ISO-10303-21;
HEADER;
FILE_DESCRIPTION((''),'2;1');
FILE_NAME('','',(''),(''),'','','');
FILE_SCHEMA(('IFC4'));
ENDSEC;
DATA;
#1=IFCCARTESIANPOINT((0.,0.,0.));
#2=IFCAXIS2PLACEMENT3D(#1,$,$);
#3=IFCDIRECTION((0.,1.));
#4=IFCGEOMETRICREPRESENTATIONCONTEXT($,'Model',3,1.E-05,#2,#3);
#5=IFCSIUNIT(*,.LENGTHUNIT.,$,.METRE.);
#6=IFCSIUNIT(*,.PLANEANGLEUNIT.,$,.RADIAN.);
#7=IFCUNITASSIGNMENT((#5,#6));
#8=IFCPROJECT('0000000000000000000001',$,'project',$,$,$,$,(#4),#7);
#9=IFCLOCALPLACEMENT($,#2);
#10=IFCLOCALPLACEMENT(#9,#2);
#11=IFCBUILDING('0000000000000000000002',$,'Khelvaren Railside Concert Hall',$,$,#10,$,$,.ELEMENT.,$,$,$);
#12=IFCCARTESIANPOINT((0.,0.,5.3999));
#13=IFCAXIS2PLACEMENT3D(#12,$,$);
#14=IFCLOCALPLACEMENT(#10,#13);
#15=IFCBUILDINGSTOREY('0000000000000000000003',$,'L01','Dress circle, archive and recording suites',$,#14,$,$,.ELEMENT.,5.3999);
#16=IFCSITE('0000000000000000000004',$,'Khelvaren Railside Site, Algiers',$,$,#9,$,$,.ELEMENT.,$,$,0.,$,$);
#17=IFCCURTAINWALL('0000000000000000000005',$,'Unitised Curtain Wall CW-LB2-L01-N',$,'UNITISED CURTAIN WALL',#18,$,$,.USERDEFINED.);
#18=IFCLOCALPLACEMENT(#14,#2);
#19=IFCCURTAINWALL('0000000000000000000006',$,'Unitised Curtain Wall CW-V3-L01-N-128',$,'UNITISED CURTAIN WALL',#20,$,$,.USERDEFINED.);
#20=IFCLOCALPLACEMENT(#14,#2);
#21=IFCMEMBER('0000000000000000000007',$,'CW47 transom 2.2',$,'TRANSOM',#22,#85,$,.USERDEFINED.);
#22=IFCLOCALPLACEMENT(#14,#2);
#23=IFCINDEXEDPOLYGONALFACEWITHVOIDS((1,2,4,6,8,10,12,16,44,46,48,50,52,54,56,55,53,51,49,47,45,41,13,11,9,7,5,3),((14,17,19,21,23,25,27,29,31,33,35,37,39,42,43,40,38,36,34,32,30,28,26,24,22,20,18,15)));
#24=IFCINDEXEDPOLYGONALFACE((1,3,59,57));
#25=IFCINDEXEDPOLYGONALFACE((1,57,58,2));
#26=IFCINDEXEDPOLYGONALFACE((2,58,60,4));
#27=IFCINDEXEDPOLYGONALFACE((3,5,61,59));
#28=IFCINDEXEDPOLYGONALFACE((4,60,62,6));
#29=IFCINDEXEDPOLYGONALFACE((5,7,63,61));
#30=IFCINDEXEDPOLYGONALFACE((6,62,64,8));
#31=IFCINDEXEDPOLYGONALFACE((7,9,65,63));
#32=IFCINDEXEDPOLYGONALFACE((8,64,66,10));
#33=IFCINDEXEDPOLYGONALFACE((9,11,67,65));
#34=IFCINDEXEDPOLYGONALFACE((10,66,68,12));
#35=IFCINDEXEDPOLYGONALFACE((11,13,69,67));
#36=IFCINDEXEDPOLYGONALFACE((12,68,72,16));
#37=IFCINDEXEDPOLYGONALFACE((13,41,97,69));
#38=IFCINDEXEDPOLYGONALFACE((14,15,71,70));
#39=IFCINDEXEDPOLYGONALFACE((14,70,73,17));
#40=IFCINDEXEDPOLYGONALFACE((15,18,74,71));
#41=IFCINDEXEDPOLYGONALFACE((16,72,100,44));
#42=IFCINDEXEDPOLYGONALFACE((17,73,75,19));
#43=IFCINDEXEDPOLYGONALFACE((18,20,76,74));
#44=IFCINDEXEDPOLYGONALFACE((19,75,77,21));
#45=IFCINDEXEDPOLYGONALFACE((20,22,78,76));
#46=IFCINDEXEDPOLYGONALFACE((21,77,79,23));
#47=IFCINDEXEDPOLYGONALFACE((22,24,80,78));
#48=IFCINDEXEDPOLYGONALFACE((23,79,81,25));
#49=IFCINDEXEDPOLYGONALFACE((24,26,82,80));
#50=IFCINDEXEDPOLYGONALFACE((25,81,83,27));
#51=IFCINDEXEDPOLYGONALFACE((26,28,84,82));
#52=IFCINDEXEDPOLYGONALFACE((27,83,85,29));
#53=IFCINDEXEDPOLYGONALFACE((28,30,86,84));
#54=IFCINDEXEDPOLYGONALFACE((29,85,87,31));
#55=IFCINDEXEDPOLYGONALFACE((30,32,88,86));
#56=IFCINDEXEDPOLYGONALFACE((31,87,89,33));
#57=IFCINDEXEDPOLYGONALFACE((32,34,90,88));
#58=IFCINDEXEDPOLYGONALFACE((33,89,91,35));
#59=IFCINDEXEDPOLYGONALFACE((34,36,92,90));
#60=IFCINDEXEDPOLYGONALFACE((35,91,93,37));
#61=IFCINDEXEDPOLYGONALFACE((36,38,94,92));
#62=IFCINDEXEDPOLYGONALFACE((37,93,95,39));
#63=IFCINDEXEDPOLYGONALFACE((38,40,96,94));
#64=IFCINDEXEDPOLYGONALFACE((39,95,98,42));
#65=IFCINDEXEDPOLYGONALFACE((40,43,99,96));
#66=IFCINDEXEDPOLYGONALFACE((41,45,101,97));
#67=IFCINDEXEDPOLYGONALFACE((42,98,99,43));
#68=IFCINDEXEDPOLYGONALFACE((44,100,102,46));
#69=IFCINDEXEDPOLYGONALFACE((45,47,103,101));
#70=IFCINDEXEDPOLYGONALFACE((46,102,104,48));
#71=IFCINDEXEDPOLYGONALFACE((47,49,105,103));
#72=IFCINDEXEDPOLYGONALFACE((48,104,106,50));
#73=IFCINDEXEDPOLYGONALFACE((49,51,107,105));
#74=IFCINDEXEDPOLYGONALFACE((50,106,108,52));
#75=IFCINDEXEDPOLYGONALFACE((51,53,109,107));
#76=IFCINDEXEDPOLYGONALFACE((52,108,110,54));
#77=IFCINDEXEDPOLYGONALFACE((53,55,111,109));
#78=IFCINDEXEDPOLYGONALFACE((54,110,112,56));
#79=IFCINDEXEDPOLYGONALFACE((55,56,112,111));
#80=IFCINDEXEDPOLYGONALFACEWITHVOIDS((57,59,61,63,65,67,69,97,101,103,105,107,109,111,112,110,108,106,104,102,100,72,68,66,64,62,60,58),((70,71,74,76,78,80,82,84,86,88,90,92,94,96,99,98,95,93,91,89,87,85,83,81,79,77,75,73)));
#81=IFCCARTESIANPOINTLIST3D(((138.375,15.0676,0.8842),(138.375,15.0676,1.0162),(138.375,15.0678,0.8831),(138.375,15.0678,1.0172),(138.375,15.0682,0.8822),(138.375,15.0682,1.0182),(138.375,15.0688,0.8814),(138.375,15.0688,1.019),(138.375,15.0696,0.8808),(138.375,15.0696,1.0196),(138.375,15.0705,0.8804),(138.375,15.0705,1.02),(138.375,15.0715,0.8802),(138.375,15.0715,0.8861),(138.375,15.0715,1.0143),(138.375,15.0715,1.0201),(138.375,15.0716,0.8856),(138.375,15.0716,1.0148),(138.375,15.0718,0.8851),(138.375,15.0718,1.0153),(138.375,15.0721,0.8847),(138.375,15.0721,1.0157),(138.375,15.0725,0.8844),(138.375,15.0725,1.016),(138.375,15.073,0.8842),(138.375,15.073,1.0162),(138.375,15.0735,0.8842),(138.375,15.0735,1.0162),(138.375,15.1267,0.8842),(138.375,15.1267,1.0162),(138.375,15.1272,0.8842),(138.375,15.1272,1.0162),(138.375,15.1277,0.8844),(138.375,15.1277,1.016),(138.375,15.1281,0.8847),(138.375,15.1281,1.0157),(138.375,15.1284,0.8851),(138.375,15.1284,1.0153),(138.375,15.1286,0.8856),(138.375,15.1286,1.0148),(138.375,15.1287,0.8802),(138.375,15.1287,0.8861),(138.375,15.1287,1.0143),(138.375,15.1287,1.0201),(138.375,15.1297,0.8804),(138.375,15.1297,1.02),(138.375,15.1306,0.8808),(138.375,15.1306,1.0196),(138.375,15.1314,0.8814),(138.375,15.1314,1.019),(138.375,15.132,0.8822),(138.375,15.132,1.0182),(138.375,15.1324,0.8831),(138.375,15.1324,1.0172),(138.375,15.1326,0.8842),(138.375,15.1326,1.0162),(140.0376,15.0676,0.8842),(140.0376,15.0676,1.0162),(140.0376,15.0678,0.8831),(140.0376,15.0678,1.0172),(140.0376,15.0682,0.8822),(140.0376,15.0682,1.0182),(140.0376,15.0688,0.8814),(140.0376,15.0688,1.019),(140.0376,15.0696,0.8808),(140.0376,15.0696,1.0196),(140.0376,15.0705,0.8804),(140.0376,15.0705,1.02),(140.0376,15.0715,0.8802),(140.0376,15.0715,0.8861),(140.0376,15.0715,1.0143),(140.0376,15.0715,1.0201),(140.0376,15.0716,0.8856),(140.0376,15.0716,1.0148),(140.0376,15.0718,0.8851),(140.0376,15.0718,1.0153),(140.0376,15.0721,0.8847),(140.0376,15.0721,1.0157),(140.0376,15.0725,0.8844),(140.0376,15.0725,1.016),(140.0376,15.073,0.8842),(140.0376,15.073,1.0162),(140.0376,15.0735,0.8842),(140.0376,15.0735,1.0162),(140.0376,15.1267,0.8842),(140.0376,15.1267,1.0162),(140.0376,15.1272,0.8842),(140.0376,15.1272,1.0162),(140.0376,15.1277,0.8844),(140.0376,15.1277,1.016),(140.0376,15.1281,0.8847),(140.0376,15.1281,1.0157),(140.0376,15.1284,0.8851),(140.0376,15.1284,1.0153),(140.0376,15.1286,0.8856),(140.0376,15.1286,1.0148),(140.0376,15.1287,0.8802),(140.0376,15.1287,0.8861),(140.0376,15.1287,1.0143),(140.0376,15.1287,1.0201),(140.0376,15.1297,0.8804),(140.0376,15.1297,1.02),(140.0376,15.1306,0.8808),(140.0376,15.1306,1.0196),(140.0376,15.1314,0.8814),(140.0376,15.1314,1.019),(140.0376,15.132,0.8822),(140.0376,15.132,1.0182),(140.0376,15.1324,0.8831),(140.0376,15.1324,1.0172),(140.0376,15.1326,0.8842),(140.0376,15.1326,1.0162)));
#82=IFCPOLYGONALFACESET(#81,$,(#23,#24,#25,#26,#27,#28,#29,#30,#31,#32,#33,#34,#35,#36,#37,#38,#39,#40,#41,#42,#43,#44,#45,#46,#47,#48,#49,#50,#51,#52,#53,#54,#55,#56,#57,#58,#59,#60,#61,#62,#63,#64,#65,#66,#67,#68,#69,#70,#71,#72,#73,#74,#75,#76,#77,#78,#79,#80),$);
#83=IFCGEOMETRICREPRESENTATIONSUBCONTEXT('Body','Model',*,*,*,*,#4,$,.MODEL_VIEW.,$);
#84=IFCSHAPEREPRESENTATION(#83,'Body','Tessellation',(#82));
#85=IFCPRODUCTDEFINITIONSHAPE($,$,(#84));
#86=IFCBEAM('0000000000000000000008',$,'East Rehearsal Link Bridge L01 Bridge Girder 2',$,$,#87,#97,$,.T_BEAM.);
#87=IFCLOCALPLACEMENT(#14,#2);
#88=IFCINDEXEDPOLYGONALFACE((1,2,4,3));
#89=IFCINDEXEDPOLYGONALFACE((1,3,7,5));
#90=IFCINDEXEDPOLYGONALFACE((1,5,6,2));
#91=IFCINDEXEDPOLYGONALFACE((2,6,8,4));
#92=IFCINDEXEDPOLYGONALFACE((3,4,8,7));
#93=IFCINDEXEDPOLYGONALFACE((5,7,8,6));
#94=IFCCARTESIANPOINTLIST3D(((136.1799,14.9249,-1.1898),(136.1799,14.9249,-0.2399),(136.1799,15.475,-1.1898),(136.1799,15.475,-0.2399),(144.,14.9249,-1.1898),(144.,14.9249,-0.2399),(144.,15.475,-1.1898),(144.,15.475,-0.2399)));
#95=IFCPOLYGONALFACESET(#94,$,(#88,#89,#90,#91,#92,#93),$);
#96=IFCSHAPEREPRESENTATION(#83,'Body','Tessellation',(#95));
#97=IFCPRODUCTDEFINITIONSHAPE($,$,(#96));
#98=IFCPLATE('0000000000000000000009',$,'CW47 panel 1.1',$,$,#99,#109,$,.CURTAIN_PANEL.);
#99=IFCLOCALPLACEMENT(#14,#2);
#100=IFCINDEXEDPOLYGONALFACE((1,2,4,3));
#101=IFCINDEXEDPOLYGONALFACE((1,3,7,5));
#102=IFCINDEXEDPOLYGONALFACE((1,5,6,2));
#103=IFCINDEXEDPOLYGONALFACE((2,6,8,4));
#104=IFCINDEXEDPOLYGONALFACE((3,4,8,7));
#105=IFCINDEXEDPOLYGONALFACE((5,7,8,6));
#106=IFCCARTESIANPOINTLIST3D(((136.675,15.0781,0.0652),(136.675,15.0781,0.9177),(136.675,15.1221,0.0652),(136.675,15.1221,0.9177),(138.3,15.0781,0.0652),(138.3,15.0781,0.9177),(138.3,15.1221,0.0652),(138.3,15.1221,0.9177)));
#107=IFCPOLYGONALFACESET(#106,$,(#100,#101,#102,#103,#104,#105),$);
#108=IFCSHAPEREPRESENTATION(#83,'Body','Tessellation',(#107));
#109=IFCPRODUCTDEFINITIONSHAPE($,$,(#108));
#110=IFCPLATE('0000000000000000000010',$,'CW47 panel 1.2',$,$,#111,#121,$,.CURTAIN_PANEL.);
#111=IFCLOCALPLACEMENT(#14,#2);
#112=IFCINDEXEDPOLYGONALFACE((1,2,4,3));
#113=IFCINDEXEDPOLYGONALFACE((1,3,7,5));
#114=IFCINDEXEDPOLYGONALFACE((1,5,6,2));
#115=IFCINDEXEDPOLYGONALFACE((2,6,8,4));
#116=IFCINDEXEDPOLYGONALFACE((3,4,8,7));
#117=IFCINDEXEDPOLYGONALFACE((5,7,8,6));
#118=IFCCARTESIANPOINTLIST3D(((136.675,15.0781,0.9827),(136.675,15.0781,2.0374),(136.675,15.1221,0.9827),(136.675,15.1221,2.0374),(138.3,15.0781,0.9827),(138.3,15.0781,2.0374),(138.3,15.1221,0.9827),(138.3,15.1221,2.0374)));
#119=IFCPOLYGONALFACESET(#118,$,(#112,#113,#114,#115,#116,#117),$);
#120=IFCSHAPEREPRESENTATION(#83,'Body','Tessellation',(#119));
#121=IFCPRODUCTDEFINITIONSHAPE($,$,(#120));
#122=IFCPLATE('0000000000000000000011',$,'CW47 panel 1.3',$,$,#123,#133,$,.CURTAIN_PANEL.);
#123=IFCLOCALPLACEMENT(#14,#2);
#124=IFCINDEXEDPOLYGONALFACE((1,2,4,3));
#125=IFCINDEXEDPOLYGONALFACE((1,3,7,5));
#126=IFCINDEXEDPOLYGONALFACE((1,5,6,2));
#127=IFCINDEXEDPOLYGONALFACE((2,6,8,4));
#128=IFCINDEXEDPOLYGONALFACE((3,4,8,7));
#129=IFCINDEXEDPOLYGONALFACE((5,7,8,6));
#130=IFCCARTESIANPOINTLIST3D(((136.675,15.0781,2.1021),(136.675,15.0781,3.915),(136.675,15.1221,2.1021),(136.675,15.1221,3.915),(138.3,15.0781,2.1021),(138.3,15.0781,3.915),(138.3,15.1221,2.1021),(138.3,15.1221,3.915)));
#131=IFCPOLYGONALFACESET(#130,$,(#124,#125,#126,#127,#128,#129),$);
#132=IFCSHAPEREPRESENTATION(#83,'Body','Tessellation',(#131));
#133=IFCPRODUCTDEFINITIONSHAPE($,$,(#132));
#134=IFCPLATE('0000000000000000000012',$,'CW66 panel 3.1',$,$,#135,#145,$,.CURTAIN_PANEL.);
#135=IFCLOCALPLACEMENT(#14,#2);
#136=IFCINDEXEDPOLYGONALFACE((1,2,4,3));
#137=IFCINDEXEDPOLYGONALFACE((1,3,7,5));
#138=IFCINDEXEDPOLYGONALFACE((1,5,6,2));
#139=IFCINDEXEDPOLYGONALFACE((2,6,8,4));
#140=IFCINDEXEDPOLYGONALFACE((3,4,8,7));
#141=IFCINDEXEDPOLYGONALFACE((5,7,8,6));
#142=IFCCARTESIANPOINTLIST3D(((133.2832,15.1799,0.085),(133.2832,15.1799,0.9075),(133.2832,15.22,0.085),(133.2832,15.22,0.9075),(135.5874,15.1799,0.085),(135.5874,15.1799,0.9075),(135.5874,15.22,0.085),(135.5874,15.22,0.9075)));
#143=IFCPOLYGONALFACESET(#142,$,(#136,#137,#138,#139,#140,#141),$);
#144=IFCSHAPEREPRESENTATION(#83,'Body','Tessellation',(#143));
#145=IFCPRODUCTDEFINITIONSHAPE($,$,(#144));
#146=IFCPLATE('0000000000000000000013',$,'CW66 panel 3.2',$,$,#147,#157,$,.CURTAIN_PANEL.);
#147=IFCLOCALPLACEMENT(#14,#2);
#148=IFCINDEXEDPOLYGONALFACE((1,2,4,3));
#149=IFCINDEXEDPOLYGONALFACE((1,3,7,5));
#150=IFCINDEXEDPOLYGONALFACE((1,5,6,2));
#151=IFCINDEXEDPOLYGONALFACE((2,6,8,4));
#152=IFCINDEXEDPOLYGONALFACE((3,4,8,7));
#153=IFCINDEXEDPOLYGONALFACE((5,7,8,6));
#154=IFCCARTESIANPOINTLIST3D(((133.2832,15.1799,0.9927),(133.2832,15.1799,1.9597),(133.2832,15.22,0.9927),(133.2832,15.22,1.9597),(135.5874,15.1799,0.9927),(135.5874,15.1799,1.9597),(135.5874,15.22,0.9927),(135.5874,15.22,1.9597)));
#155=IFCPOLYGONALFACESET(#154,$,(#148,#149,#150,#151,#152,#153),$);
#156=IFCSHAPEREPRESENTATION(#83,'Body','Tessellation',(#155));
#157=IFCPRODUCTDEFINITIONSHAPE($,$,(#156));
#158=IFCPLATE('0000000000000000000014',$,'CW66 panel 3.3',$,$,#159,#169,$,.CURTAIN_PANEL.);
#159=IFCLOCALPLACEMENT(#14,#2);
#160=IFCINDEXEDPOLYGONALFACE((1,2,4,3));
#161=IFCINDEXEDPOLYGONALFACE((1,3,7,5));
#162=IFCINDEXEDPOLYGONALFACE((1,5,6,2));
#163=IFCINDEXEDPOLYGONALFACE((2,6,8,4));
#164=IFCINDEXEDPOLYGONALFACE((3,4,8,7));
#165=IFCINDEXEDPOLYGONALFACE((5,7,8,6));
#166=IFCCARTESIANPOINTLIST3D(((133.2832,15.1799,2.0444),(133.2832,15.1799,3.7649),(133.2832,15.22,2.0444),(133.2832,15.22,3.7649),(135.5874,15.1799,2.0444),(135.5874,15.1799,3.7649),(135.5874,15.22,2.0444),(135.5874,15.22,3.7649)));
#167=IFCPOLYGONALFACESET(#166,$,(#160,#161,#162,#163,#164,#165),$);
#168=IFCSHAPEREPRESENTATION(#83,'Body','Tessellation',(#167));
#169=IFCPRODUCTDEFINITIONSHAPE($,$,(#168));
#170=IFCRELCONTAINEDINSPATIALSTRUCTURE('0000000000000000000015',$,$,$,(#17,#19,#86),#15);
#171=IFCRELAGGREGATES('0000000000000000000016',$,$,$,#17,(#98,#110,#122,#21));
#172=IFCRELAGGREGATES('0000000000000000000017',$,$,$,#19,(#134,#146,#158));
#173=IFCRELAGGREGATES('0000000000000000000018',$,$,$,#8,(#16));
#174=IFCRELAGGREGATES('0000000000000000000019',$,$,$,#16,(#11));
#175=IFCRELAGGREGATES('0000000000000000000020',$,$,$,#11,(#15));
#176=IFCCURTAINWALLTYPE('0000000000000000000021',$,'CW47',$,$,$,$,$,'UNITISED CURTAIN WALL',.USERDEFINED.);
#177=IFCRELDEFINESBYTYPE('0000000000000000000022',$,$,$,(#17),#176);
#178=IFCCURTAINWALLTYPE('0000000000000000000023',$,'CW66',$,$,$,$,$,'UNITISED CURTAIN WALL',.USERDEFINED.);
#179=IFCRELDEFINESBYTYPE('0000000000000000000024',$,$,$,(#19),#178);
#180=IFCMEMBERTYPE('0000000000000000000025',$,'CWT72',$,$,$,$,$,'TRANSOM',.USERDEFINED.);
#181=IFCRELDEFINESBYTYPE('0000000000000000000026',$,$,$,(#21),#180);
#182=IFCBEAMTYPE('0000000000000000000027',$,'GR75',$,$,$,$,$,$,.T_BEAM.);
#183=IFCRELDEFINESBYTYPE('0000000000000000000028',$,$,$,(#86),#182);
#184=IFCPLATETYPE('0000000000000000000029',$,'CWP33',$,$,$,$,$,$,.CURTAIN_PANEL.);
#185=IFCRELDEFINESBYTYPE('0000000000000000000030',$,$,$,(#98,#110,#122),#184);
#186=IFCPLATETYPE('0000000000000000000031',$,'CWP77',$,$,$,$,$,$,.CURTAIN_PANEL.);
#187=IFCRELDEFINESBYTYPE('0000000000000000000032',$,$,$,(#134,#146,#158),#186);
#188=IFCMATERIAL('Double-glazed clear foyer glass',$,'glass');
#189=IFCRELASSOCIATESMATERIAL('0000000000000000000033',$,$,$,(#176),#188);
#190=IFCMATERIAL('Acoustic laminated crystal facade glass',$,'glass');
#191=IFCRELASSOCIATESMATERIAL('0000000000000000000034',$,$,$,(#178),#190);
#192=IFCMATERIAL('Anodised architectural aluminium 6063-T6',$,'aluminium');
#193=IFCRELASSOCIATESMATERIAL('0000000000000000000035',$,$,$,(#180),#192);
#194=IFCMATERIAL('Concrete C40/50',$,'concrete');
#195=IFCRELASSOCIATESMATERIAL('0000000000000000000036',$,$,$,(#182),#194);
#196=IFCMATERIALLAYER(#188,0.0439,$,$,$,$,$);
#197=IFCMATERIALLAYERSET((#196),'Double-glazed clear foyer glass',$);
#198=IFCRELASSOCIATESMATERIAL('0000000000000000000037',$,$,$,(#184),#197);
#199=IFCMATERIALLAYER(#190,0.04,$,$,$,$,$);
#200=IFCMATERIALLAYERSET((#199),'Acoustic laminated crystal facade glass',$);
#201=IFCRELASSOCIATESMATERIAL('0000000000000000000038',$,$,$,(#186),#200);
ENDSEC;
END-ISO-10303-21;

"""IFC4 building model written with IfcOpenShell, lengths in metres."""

from ifc_helpers import new_model, si_unit, direction, frame, origin, origin_2d, place, context, subcontext, project, spatial, rectangle, hollow_rectangle, extrude, material, layer, layer_set, material_profile, profile_set, type_object, element, aggregate, save


model = new_model("IFC4")

# Units and contexts
model_context = context("Model", 3, precision=1e-05, world=origin(), true_north=direction((0.0, 1.0)))
body_context = subcontext(model_context, "Body", "Model", "MODEL_VIEW")
ifc_project = project(units=[si_unit("LENGTHUNIT", "METRE"), si_unit("PLANEANGLEUNIT", "RADIAN")], contexts=[model_context])

# Site, building, storey
site_placement = place(None, origin())
site = spatial("IfcSite", under=ifc_project, at=site_placement, Name="Khelvaren Railside Site, Algiers", CompositionType="ELEMENT", RefElevation=0.0)
building_placement = place(site_placement, origin())
building = spatial("IfcBuilding", under=site, at=building_placement, Name="Khelvaren Railside Concert Hall", CompositionType="ELEMENT")
storey_placement = place(building_placement, frame((0.0, 0.0, 5.3999)))
storey = spatial("IfcBuildingStorey", under=building, at=storey_placement, Name="L01", Description="Dress circle, archive and recording suites", CompositionType="ELEMENT", Elevation=5.3999)

# Curtain walls
ifc_material_1 = material(Name="Double-glazed clear foyer glass", Category="glass")
curtain_wall_type_1 = type_object("IfcCurtainWallType", Name="CW47", ElementType="UNITISED CURTAIN WALL", PredefinedType="USERDEFINED", material=ifc_material_1)
curtain_wall_1_placement = place(storey_placement, origin())
curtain_wall_1 = element("IfcCurtainWall", 1, at=curtain_wall_1_placement, inside=storey, type_object=curtain_wall_type_1, Name="Unitised Curtain Wall CW-LB2-L01-N", ObjectType="UNITISED CURTAIN WALL", PredefinedType="USERDEFINED")
ifc_material_2 = material(Name="Anodised architectural aluminium 6063-T6", Category="aluminium")
ifc_material_3 = material(Name="Acoustic laminated crystal facade glass", Category="glass")
curtain_wall_type_2 = type_object("IfcCurtainWallType", Name="CW66", ElementType="UNITISED CURTAIN WALL", PredefinedType="USERDEFINED", material=ifc_material_3)
curtain_wall_2_placement = place(storey_placement, origin())
curtain_wall_2 = element("IfcCurtainWall", 2, at=curtain_wall_2_placement, inside=storey, type_object=curtain_wall_type_2, Name="Unitised Curtain Wall CW-V3-L01-N-128", ObjectType="UNITISED CURTAIN WALL", PredefinedType="USERDEFINED")

# Member
ifc_material_profile_1 = material_profile(ifc_material_2, hollow_rectangle(XDim=0.0649, YDim=0.1399, WallThickness=0.0039, InnerFilletRadius=0.002, OuterFilletRadius=0.0039, at=origin_2d()), Name="CWT 65x140x4")
ifc_profile_set_1 = profile_set([ifc_material_profile_1], Name="Anodised architectural aluminium 6063-T6")
member_type_1 = type_object("IfcMemberType", Name="CWT72", ElementType="TRANSOM", PredefinedType="USERDEFINED", material=ifc_profile_set_1)
member_1_placement = place(storey_placement, frame((138.375, 15.1001, 0.9502), z_axis=(1.0, 0.0, 0.0), x_axis=(0.0, 1.0, 0.0)))
member_1 = element("IfcMember", 3, at=member_1_placement, type_object=member_type_1, Name="CW47 transom 2.2", ObjectType="TRANSOM", PredefinedType="USERDEFINED", context=body_context, shape_type="SweptSolid", body=[
    extrude(hollow_rectangle(XDim=0.0649, YDim=0.1399, WallThickness=0.0039, InnerFilletRadius=0.002, OuterFilletRadius=0.0039, at=origin_2d()), origin(), (0.0, 0.0, 1.0), 1.6626),
])

# Beam
ifc_material_4 = material(Name="Concrete C40/50", Category="concrete")
ifc_material_profile_2 = material_profile(ifc_material_4, rectangle(XDim=0.55, YDim=0.95, at=origin_2d()), Name="RCB 550x950")
ifc_profile_set_2 = profile_set([ifc_material_profile_2], Name="Concrete C40/50")
beam_type = type_object("IfcBeamType", Name="GR75", PredefinedType="T_BEAM", material=ifc_profile_set_2)
beam_placement = place(storey_placement, frame((136.1799, 15.2, -0.7148), z_axis=(1.0, 0.0, 0.0), x_axis=(0.0, 1.0, 0.0)))
element("IfcBeam", 4, at=beam_placement, inside=storey, type_object=beam_type, Name="East Rehearsal Link Bridge L01 Bridge Girder 2", PredefinedType="T_BEAM", context=body_context, shape_type="SweptSolid", body=[
    extrude(rectangle(XDim=0.55, YDim=0.95, at=origin_2d()), origin(), (0.0, 0.0, 1.0), 7.8201),
])

# Plates
ifc_layer_1 = layer(ifc_material_1, 0.0439)
ifc_layer_set_1 = layer_set([ifc_layer_1], Name="Double-glazed clear foyer glass")
plate_type_1 = type_object("IfcPlateType", Name="CWP33", PredefinedType="CURTAIN_PANEL", material=ifc_layer_set_1)
plate_1_placement = place(storey_placement, frame((137.4875, 15.1001, 0.0652), z_axis=(0.0, 0.0, 1.0), x_axis=(1.0, 0.0, 0.0)))
plate_1 = element("IfcPlate", 5, at=plate_1_placement, type_object=plate_type_1, Name="CW47 panel 1.1", PredefinedType="CURTAIN_PANEL", context=body_context, shape_type="SweptSolid", body=[
    extrude(rectangle(XDim=1.625, YDim=0.0439, at=origin_2d()), origin(), (0.0, 0.0, 1.0), 0.8525),
])
plate_2_placement = place(storey_placement, frame((137.4875, 15.1001, 0.9827), z_axis=(0.0, 0.0, 1.0), x_axis=(1.0, 0.0, 0.0)))
plate_2 = element("IfcPlate", 6, at=plate_2_placement, type_object=plate_type_1, Name="CW47 panel 1.2", PredefinedType="CURTAIN_PANEL", context=body_context, shape_type="SweptSolid", body=[
    extrude(rectangle(XDim=1.625, YDim=0.0439, at=origin_2d()), origin(), (0.0, 0.0, 1.0), 1.0547),
])
plate_3_placement = place(storey_placement, frame((137.4875, 15.1001, 2.1021), z_axis=(0.0, 0.0, 1.0), x_axis=(1.0, 0.0, 0.0)))
plate_3 = element("IfcPlate", 7, at=plate_3_placement, type_object=plate_type_1, Name="CW47 panel 1.3", PredefinedType="CURTAIN_PANEL", context=body_context, shape_type="SweptSolid", body=[
    extrude(rectangle(XDim=1.625, YDim=0.0439, at=origin_2d()), origin(), (0.0, 0.0, 1.0), 1.813),
])
aggregate(curtain_wall_1, [plate_1, plate_2, plate_3, member_1])
ifc_layer_2 = layer(ifc_material_3, 0.04)
ifc_layer_set_2 = layer_set([ifc_layer_2], Name="Acoustic laminated crystal facade glass")
plate_type_2 = type_object("IfcPlateType", Name="CWP77", PredefinedType="CURTAIN_PANEL", material=ifc_layer_set_2)
plate_4_placement = place(storey_placement, frame((134.4353, 15.2, 0.085), z_axis=(0.0, 0.0, 1.0), x_axis=(1.0, 0.0, 0.0)))
plate_4 = element("IfcPlate", 8, at=plate_4_placement, type_object=plate_type_2, Name="CW66 panel 3.1", PredefinedType="CURTAIN_PANEL", context=body_context, shape_type="SweptSolid", body=[
    extrude(rectangle(XDim=2.3042, YDim=0.04, at=origin_2d()), origin(), (0.0, 0.0, 1.0), 0.8225),
])
plate_5_placement = place(storey_placement, frame((134.4353, 15.2, 0.9927), z_axis=(0.0, 0.0, 1.0), x_axis=(1.0, 0.0, 0.0)))
plate_5 = element("IfcPlate", 9, at=plate_5_placement, type_object=plate_type_2, Name="CW66 panel 3.2", PredefinedType="CURTAIN_PANEL", context=body_context, shape_type="SweptSolid", body=[
    extrude(rectangle(XDim=2.3042, YDim=0.04, at=origin_2d()), origin(), (0.0, 0.0, 1.0), 0.967),
])
plate_6_placement = place(storey_placement, frame((134.4353, 15.2, 2.0444), z_axis=(0.0, 0.0, 1.0), x_axis=(1.0, 0.0, 0.0)))
plate_6 = element("IfcPlate", 10, at=plate_6_placement, type_object=plate_type_2, Name="CW66 panel 3.3", PredefinedType="CURTAIN_PANEL", context=body_context, shape_type="SweptSolid", body=[
    extrude(rectangle(XDim=2.3042, YDim=0.04, at=origin_2d()), origin(), (0.0, 0.0, 1.0), 1.7205),
])
aggregate(curtain_wall_2, [plate_4, plate_5, plate_6])

save(model, "model.ifc")
